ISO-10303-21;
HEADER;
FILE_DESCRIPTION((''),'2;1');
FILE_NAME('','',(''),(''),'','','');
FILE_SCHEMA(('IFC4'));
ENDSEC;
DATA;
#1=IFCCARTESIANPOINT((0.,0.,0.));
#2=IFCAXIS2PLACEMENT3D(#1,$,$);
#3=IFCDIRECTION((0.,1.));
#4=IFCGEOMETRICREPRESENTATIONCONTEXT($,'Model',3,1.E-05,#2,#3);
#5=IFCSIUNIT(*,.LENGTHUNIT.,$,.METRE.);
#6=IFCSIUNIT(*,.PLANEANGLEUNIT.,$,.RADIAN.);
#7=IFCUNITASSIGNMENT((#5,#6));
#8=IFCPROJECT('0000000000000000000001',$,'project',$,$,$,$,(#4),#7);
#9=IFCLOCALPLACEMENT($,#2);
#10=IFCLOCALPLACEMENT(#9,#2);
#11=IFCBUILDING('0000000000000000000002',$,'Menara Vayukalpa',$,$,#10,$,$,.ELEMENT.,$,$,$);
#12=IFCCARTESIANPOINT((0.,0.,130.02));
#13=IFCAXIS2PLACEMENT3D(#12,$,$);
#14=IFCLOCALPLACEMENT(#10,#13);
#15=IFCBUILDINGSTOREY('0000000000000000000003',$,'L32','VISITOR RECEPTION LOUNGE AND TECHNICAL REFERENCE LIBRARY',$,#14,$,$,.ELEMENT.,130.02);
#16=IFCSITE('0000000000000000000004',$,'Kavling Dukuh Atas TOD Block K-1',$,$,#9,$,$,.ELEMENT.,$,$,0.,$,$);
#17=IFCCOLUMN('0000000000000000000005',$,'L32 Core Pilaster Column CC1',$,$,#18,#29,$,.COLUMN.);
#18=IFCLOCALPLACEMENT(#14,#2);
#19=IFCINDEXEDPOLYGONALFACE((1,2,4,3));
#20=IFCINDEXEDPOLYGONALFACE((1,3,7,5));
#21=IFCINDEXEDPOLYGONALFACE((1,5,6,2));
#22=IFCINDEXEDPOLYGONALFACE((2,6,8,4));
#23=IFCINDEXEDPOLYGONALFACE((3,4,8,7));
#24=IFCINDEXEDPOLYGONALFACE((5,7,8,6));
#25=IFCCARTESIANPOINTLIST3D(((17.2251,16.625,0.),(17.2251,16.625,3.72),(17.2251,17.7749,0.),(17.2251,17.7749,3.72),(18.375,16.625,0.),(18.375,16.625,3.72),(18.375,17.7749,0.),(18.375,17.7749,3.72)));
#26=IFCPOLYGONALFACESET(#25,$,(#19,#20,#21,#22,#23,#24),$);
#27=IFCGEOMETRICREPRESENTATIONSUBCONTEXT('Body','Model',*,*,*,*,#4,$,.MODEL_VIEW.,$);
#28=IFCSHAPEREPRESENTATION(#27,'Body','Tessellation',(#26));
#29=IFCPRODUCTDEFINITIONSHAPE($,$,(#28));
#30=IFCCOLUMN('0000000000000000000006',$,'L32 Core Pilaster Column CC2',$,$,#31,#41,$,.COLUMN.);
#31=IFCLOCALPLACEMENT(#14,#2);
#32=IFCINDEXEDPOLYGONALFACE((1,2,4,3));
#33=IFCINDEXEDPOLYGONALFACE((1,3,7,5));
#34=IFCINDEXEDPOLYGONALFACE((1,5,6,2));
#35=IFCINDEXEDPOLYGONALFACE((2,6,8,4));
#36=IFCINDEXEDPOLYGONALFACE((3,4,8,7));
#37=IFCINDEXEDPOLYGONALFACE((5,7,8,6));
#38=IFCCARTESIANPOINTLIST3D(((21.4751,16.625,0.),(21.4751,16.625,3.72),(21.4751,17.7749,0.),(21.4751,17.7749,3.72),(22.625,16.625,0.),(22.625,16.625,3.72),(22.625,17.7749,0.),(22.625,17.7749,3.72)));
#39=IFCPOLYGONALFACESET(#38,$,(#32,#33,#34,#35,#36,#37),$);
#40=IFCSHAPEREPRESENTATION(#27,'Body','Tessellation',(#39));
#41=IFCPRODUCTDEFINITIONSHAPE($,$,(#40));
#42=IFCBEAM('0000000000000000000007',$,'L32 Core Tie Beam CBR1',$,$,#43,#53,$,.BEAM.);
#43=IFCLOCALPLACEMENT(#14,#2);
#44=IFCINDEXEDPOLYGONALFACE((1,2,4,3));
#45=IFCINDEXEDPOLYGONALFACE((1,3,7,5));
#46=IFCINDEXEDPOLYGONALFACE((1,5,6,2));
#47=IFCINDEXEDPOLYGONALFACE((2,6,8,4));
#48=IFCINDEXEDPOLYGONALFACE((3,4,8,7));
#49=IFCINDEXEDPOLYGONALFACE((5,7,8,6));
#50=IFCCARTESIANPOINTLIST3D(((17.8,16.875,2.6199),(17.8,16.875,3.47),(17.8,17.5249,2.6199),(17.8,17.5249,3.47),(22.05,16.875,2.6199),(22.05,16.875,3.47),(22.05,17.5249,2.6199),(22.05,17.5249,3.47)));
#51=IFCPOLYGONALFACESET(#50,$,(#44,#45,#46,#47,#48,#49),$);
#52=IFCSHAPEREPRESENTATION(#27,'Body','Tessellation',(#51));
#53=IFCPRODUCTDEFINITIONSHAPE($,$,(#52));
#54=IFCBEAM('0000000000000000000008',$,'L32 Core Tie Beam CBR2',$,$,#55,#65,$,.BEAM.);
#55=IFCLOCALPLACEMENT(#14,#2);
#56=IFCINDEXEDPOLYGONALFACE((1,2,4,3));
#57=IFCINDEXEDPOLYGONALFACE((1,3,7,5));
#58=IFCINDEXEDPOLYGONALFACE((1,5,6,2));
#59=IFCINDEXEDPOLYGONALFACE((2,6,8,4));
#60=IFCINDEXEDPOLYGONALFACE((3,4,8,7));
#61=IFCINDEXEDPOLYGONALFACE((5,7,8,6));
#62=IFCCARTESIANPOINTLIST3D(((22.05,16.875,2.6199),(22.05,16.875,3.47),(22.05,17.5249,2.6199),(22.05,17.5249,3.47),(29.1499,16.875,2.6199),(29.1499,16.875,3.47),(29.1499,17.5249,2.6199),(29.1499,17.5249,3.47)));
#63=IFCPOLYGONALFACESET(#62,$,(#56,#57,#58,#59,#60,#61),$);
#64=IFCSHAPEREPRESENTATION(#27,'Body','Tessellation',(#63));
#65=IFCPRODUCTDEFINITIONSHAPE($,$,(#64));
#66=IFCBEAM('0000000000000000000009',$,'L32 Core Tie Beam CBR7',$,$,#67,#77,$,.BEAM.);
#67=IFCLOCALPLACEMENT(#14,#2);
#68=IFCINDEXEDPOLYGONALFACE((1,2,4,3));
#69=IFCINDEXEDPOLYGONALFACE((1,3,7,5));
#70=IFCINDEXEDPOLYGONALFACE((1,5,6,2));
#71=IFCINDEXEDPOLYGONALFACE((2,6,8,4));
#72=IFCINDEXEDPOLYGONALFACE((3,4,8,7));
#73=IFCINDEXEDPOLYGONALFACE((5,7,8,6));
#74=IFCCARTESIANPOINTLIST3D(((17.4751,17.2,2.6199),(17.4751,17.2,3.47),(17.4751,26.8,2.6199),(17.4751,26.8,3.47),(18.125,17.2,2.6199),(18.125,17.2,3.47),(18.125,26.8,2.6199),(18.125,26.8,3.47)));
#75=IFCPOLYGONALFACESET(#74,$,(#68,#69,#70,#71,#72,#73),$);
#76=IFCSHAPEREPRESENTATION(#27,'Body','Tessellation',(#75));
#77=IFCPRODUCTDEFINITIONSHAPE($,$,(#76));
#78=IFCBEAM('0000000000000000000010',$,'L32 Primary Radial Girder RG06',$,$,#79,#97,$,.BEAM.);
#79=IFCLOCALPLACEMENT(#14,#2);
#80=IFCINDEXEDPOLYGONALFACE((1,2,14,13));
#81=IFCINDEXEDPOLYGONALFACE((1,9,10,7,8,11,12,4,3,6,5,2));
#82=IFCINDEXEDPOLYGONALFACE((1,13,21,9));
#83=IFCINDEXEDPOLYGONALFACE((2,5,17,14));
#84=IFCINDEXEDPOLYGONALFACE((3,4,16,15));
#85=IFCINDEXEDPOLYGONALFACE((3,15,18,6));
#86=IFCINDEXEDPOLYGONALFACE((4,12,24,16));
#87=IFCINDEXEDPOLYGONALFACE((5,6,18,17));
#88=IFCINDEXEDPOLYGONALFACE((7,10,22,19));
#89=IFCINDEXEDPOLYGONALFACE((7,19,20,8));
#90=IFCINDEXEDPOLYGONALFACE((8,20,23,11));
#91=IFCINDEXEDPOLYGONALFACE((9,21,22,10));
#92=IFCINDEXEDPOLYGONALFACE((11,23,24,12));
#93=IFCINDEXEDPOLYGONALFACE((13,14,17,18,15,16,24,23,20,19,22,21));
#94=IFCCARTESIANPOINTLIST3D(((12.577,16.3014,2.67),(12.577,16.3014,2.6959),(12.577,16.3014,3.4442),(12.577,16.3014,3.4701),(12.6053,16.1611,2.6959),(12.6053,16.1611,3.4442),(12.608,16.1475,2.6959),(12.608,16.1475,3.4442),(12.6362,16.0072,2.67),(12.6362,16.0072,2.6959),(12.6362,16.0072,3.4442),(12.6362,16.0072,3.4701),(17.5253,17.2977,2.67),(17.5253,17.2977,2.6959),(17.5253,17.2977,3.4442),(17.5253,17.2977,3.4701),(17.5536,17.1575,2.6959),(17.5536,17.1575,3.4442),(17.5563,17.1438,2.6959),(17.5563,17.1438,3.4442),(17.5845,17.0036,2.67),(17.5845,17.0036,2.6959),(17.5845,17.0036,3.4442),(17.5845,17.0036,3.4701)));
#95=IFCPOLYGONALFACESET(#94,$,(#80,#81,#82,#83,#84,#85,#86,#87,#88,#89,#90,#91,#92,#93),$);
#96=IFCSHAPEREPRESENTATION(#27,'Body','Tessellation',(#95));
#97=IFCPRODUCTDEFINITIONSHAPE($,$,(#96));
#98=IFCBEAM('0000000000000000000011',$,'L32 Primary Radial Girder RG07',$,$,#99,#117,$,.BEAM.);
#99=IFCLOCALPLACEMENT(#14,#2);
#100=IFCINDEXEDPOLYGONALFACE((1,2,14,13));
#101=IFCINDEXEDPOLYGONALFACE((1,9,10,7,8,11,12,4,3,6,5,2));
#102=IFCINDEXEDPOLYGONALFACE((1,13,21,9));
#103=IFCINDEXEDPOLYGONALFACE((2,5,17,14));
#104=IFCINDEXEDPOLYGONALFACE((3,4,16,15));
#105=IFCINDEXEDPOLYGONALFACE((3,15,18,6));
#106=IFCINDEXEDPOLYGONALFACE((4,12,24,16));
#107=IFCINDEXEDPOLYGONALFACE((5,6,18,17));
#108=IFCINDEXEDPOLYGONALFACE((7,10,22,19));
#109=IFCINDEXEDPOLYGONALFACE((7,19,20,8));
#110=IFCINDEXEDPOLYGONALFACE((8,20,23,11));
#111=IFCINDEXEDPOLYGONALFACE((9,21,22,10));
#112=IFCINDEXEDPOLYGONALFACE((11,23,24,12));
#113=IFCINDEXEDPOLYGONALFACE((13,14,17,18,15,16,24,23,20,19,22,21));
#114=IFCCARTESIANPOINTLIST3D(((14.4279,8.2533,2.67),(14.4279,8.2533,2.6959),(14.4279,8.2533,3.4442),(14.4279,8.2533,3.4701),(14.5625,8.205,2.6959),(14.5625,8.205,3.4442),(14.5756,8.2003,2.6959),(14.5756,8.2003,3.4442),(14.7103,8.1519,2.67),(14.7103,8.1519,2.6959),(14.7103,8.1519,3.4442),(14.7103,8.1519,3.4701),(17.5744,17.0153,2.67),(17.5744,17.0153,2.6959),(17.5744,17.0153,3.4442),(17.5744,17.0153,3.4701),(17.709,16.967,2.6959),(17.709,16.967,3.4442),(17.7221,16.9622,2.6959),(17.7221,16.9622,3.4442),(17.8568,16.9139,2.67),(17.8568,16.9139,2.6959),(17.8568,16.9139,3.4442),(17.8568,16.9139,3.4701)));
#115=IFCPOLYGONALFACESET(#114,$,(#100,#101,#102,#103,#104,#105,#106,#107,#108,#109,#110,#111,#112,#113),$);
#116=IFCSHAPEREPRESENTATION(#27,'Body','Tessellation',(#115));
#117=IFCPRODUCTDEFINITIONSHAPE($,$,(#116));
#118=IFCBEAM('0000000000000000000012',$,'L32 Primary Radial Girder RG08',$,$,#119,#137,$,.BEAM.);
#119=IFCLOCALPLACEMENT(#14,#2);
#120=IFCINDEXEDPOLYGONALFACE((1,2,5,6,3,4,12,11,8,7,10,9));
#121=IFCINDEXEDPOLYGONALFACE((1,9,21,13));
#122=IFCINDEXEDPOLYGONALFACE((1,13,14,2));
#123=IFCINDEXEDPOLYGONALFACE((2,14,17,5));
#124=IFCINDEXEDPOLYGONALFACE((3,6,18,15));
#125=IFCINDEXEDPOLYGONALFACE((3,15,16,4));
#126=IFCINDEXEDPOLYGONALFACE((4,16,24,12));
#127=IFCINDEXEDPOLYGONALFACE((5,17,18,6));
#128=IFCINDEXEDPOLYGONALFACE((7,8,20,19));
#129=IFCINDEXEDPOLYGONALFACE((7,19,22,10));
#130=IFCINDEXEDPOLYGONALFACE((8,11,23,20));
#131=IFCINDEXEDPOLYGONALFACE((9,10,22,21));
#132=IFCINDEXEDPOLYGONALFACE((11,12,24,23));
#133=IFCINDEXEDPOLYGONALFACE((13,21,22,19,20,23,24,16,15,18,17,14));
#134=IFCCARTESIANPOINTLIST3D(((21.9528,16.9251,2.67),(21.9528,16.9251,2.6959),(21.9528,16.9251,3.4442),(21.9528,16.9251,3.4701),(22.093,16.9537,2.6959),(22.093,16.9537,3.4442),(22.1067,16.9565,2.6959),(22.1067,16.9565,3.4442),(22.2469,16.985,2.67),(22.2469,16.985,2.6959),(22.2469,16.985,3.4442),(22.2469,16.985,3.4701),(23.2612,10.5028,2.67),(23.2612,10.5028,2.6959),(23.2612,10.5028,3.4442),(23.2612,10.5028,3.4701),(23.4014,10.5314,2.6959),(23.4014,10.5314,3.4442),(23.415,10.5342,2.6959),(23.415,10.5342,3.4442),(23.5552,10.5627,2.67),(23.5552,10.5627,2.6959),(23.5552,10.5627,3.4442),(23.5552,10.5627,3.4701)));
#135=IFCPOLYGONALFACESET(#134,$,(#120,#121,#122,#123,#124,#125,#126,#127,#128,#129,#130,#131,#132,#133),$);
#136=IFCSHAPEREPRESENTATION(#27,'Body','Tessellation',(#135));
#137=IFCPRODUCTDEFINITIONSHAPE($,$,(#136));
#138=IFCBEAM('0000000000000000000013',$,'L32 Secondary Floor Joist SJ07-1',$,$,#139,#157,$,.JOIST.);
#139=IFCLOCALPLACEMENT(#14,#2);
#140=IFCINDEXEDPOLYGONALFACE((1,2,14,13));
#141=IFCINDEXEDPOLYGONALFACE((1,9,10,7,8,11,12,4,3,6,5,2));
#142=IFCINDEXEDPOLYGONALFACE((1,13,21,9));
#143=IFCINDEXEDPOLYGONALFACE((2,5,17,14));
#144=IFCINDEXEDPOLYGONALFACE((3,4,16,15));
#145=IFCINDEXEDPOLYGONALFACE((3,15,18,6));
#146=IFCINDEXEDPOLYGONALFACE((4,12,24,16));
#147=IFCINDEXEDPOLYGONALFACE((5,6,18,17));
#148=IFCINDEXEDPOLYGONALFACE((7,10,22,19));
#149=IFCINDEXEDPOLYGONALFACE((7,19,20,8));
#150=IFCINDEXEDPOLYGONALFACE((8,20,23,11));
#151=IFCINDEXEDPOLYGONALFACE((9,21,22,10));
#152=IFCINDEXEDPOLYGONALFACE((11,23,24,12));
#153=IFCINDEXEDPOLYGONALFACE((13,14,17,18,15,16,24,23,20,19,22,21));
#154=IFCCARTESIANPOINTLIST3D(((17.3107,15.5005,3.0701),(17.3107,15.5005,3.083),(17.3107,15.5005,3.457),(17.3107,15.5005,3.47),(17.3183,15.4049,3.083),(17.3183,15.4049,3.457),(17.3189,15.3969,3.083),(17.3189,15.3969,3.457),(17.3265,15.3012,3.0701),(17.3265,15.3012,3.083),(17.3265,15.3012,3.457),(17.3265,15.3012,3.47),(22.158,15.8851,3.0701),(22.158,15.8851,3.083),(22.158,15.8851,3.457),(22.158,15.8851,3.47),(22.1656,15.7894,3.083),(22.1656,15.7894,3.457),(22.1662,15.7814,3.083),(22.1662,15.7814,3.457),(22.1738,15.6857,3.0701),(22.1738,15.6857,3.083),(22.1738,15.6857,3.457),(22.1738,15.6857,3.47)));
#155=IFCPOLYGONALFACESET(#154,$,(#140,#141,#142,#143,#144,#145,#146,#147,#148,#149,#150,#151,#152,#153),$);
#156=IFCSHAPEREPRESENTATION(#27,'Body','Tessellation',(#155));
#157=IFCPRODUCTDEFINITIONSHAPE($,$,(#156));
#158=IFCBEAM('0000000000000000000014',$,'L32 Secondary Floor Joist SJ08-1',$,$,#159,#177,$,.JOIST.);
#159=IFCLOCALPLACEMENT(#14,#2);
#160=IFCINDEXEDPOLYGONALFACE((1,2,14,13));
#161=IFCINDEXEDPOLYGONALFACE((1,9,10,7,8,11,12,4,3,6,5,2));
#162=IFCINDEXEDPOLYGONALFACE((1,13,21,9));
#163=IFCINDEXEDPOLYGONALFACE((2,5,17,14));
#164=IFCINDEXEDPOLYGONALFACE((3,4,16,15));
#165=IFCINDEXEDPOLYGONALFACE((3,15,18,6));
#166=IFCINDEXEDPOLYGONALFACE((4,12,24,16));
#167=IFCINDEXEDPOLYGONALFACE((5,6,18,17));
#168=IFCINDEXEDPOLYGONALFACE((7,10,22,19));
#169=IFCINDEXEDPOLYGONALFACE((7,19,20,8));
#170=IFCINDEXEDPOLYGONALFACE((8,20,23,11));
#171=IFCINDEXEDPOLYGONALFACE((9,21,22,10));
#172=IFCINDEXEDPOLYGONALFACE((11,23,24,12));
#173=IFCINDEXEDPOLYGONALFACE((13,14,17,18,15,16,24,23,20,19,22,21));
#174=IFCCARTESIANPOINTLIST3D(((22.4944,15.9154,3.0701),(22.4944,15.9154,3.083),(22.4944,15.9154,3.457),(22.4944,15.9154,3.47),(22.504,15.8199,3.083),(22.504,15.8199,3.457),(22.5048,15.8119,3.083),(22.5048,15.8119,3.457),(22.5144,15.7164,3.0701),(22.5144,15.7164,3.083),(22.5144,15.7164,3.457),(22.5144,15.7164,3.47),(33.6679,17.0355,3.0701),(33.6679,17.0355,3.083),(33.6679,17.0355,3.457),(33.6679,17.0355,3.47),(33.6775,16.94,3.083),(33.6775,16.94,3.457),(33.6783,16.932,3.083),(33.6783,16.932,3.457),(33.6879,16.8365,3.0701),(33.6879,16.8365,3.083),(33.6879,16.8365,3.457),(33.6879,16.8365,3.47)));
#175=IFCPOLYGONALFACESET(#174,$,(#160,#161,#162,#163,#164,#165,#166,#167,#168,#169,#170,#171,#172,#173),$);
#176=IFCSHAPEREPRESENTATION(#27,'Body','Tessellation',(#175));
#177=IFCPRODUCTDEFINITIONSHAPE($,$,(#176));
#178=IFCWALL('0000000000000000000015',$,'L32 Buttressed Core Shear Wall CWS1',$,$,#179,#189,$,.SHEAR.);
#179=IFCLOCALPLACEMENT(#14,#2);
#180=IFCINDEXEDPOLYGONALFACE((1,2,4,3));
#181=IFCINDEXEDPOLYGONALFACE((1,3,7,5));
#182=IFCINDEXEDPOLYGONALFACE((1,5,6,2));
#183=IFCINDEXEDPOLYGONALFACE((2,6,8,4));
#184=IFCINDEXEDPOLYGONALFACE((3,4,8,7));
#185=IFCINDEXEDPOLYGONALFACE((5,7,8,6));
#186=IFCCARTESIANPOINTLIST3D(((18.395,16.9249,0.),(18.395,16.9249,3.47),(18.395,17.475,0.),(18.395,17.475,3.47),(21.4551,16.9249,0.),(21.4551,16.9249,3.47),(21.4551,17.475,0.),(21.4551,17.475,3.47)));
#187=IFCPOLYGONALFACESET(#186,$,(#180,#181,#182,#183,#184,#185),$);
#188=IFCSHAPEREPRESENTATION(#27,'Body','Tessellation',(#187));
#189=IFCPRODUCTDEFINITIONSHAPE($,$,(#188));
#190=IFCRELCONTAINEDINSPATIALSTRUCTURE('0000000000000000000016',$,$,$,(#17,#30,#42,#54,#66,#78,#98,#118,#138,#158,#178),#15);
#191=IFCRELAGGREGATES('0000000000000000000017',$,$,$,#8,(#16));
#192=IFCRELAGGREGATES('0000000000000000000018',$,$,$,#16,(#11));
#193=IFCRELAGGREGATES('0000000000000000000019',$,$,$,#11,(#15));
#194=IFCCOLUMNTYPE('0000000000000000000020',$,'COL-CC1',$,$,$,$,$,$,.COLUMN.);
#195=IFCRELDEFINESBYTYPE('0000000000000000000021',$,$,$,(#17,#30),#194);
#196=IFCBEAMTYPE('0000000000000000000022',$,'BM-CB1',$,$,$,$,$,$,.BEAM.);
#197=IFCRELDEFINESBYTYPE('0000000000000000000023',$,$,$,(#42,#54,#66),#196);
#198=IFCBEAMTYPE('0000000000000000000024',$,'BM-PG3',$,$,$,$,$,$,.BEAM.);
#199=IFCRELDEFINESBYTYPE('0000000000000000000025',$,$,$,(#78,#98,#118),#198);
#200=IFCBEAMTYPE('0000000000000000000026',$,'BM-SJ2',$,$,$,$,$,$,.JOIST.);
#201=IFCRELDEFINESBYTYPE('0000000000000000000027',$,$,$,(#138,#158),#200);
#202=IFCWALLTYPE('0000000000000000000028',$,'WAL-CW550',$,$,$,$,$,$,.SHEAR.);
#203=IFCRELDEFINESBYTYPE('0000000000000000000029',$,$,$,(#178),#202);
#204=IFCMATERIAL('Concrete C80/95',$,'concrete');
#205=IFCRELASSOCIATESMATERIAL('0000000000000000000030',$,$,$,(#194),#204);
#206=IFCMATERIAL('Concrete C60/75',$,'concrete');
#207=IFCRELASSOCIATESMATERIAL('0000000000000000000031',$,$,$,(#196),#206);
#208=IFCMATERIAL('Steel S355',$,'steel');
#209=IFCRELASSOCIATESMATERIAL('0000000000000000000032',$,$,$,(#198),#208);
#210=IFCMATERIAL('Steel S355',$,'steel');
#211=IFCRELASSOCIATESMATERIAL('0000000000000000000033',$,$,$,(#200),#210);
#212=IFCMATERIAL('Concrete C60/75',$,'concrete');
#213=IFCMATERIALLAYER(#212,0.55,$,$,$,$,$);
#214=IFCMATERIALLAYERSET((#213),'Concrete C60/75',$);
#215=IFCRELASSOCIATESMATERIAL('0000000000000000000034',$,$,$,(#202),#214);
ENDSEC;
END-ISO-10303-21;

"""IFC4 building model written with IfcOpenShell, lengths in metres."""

from ifc_helpers import new_model, si_unit, direction, frame, frame_2d, origin, origin_2d, place, context, subcontext, project, spatial, rectangle, i_section, extrude, material, layer, layer_set, material_profile, profile_set, type_object, element, save


model = new_model("IFC4")

# Units and contexts
model_context = context("Model", 3, precision=1e-05, world=origin(), true_north=direction((0.0, 1.0)))
body_context = subcontext(model_context, "Body", "Model", "MODEL_VIEW")
ifc_project = project(units=[si_unit("LENGTHUNIT", "METRE"), si_unit("PLANEANGLEUNIT", "RADIAN")], contexts=[model_context])

# Site, building, storey
site_placement = place(None, origin())
site = spatial("IfcSite", under=ifc_project, at=site_placement, Name="Kavling Dukuh Atas TOD Block K-1", CompositionType="ELEMENT", RefElevation=0.0)
building_placement = place(site_placement, origin())
building = spatial("IfcBuilding", under=site, at=building_placement, Name="Menara Vayukalpa", CompositionType="ELEMENT")
storey_placement = place(building_placement, frame((0.0, 0.0, 130.02)))
storey = spatial("IfcBuildingStorey", under=building, at=storey_placement, Name="L32", Description="VISITOR RECEPTION LOUNGE AND TECHNICAL REFERENCE LIBRARY", CompositionType="ELEMENT", Elevation=130.02)

# Columns
ifc_material_1 = material(Name="Concrete C80/95", Category="concrete")
ifc_material_profile_1 = material_profile(ifc_material_1, rectangle(XDim=1.1499, YDim=1.1499, at=origin_2d()), Name="RC 1150x1150")
ifc_profile_set_1 = profile_set([ifc_material_profile_1], Name="Concrete C80/95")
column_type = type_object("IfcColumnType", Name="COL-CC1", PredefinedType="COLUMN", material=ifc_profile_set_1)
for number, where, z_axis, x_axis, name in (
    (1, (17.8, 17.2, 0.0), (0.0, 0.0, 1.0), (1.0, 0.0, 0.0), "L32 Core Pilaster Column CC1"),
    (2, (22.05, 17.2, 0.0), (0.0, 0.0, 1.0), (1.0, 0.0, 0.0), "L32 Core Pilaster Column CC2"),
):
    element("IfcColumn", number, at=place(storey_placement, frame(where, z_axis=z_axis, x_axis=x_axis)), inside=storey, type_object=column_type, Name=name, PredefinedType="COLUMN", context=body_context, shape_type="SweptSolid", body=[
        extrude(rectangle(XDim=1.1499, YDim=1.1499, at=origin_2d()), origin(), (0.0, 0.0, 1.0), 3.72),
    ])

# Beams
ifc_material_2 = material(Name="Concrete C60/75", Category="concrete")
ifc_material_profile_2 = material_profile(ifc_material_2, rectangle(XDim=0.6499, YDim=0.8501, at=origin_2d()), Name="RC 650x850")
ifc_profile_set_2 = profile_set([ifc_material_profile_2], Name="Concrete C60/75")
beam_type_1 = type_object("IfcBeamType", Name="BM-CB1", PredefinedType="BEAM", material=ifc_profile_set_2)
beam_1_placement = place(storey_placement, frame((17.8, 17.2, 3.0449), z_axis=(1.0, 0.0, 0.0), x_axis=(0.0, 1.0, 0.0)))
element("IfcBeam", 3, at=beam_1_placement, inside=storey, type_object=beam_type_1, Name="L32 Core Tie Beam CBR1", PredefinedType="BEAM", context=body_context, shape_type="SweptSolid", body=[
    extrude(rectangle(XDim=0.6499, YDim=0.8501, at=origin_2d()), origin(), (0.0, 0.0, 1.0), 4.25),
])
beam_2_placement = place(storey_placement, frame((22.05, 17.2, 3.0449), z_axis=(1.0, 0.0, 0.0), x_axis=(0.0, 1.0, 0.0)))
element("IfcBeam", 4, at=beam_2_placement, inside=storey, type_object=beam_type_1, Name="L32 Core Tie Beam CBR2", PredefinedType="BEAM", context=body_context, shape_type="SweptSolid", body=[
    extrude(rectangle(XDim=0.6499, YDim=0.8501, at=origin_2d()), origin(), (0.0, 0.0, 1.0), 7.0999),
])
beam_3_placement = place(storey_placement, frame((17.8, 17.2, 3.0449), z_axis=(0.0, 1.0, 0.0), x_axis=(-1.0, 0.0, 0.0)))
element("IfcBeam", 5, at=beam_3_placement, inside=storey, type_object=beam_type_1, Name="L32 Core Tie Beam CBR7", PredefinedType="BEAM", context=body_context, shape_type="SweptSolid", body=[
    extrude(rectangle(XDim=0.6499, YDim=0.8501, at=origin_2d()), origin(), (0.0, 0.0, 1.0), 9.6001),
])
ifc_material_3 = material(Name="Steel S355", Category="steel")
ifc_material_profile_3 = material_profile(ifc_material_3, i_section(OverallWidth=0.3, OverallDepth=0.8, WebThickness=0.0139, FlangeThickness=0.0259, at=origin_2d()), Name="WF 800x300x14x26")
ifc_profile_set_3 = profile_set([ifc_material_profile_3], Name="Steel S355")
beam_type_2 = type_object("IfcBeamType", Name="BM-PG3", PredefinedType="BEAM", material=ifc_profile_set_3)
beam_4_placement = place(storey_placement, frame((17.5549, 17.1506, 3.0701), z_axis=(-0.980325, -0.19739, 0.0), x_axis=(0.19739, -0.980325, 0.0)))
element("IfcBeam", 6, at=beam_4_placement, inside=storey, type_object=beam_type_2, Name="L32 Primary Radial Girder RG06", PredefinedType="BEAM", context=body_context, shape_type="SweptSolid", body=[
    extrude(i_section(OverallWidth=0.3, OverallDepth=0.8, WebThickness=0.0139, FlangeThickness=0.0259, at=origin_2d()), origin(), (0.0, 0.0, 1.0), 5.0476),
])
beam_5_placement = place(storey_placement, frame((17.7156, 16.9646, 3.0701), z_axis=(-0.337976, -0.941155, 0.0), x_axis=(0.941155, -0.337976, 0.0)))
element("IfcBeam", 7, at=beam_5_placement, inside=storey, type_object=beam_type_2, Name="L32 Primary Radial Girder RG07", PredefinedType="BEAM", context=body_context, shape_type="SweptSolid", body=[
    extrude(i_section(OverallWidth=0.3, OverallDepth=0.8, WebThickness=0.0139, FlangeThickness=0.0259, at=origin_2d()), origin(), (0.0, 0.0, 1.0), 9.3098),
])
beam_6_placement = place(storey_placement, frame((22.0999, 16.9551, 3.0701), z_axis=(0.199618, -0.979874, 0.0), x_axis=(0.979874, 0.199618, 0.0)))
element("IfcBeam", 8, at=beam_6_placement, inside=storey, type_object=beam_type_2, Name="L32 Primary Radial Girder RG08", PredefinedType="BEAM", context=body_context, shape_type="SweptSolid", body=[
    extrude(i_section(OverallWidth=0.3, OverallDepth=0.8, WebThickness=0.0139, FlangeThickness=0.0259, at=origin_2d()), origin(), (0.0, 0.0, 1.0), 6.5542),
])
ifc_material_4 = material(Name="Steel S355", Category="steel")
ifc_material_profile_4 = material_profile(ifc_material_4, i_section(OverallWidth=0.2, OverallDepth=0.3999, WebThickness=0.0081, FlangeThickness=0.0129, at=origin_2d()), Name="WF 400x200x8x13")
ifc_profile_set_4 = profile_set([ifc_material_profile_4], Name="Steel S355")
beam_type_3 = type_object("IfcBeamType", Name="BM-SJ2", PredefinedType="JOIST", material=ifc_profile_set_4)
beam_7_placement = place(storey_placement, frame((17.3186, 15.4009, 3.27), z_axis=(0.996869, 0.079077, 0.0), x_axis=(-0.079077, 0.996869, 0.0)))
element("IfcBeam", 9, at=beam_7_placement, inside=storey, type_object=beam_type_3, Name="L32 Secondary Floor Joist SJ07-1", PredefinedType="JOIST", context=body_context, shape_type="SweptSolid", body=[
    extrude(i_section(OverallWidth=0.2, OverallDepth=0.3999, WebThickness=0.0081, FlangeThickness=0.0129, at=origin_2d()), origin(), (0.0, 0.0, 1.0), 4.8625),
])
beam_8_placement = place(storey_placement, frame((22.5044, 15.8159, 3.27), z_axis=(0.995013, 0.099747, 0.0), x_axis=(-0.099747, 0.995013, 0.0)))
element("IfcBeam", 10, at=beam_8_placement, inside=storey, type_object=beam_type_3, Name="L32 Secondary Floor Joist SJ08-1", PredefinedType="JOIST", context=body_context, shape_type="SweptSolid", body=[
    extrude(i_section(OverallWidth=0.2, OverallDepth=0.3999, WebThickness=0.0081, FlangeThickness=0.0129, at=origin_2d()), origin(), (0.0, 0.0, 1.0), 11.2295),
])

# Wall
ifc_material_5 = material(Name="Concrete C60/75", Category="concrete")
ifc_layer_1 = layer(ifc_material_5, 0.55)
ifc_layer_set_1 = layer_set([ifc_layer_1], Name="Concrete C60/75")
wall_type_1 = type_object("IfcWallType", Name="WAL-CW550", PredefinedType="SHEAR", material=ifc_layer_set_1)
wall_1_placement = place(storey_placement, frame((18.395, 17.2, 0.0), z_axis=(0.0, 0.0, 1.0), x_axis=(1.0, 0.0, 0.0)))
element("IfcWall", 11, at=wall_1_placement, inside=storey, type_object=wall_type_1, Name="L32 Buttressed Core Shear Wall CWS1", PredefinedType="SHEAR", context=body_context, shape_type="SweptSolid", body=[
    extrude(rectangle(XDim=3.0601, YDim=0.55, at=frame_2d((1.53, 0.0))), origin(), (0.0, 0.0, 1.0), 3.47),
])

save(model, "model.ifc")
